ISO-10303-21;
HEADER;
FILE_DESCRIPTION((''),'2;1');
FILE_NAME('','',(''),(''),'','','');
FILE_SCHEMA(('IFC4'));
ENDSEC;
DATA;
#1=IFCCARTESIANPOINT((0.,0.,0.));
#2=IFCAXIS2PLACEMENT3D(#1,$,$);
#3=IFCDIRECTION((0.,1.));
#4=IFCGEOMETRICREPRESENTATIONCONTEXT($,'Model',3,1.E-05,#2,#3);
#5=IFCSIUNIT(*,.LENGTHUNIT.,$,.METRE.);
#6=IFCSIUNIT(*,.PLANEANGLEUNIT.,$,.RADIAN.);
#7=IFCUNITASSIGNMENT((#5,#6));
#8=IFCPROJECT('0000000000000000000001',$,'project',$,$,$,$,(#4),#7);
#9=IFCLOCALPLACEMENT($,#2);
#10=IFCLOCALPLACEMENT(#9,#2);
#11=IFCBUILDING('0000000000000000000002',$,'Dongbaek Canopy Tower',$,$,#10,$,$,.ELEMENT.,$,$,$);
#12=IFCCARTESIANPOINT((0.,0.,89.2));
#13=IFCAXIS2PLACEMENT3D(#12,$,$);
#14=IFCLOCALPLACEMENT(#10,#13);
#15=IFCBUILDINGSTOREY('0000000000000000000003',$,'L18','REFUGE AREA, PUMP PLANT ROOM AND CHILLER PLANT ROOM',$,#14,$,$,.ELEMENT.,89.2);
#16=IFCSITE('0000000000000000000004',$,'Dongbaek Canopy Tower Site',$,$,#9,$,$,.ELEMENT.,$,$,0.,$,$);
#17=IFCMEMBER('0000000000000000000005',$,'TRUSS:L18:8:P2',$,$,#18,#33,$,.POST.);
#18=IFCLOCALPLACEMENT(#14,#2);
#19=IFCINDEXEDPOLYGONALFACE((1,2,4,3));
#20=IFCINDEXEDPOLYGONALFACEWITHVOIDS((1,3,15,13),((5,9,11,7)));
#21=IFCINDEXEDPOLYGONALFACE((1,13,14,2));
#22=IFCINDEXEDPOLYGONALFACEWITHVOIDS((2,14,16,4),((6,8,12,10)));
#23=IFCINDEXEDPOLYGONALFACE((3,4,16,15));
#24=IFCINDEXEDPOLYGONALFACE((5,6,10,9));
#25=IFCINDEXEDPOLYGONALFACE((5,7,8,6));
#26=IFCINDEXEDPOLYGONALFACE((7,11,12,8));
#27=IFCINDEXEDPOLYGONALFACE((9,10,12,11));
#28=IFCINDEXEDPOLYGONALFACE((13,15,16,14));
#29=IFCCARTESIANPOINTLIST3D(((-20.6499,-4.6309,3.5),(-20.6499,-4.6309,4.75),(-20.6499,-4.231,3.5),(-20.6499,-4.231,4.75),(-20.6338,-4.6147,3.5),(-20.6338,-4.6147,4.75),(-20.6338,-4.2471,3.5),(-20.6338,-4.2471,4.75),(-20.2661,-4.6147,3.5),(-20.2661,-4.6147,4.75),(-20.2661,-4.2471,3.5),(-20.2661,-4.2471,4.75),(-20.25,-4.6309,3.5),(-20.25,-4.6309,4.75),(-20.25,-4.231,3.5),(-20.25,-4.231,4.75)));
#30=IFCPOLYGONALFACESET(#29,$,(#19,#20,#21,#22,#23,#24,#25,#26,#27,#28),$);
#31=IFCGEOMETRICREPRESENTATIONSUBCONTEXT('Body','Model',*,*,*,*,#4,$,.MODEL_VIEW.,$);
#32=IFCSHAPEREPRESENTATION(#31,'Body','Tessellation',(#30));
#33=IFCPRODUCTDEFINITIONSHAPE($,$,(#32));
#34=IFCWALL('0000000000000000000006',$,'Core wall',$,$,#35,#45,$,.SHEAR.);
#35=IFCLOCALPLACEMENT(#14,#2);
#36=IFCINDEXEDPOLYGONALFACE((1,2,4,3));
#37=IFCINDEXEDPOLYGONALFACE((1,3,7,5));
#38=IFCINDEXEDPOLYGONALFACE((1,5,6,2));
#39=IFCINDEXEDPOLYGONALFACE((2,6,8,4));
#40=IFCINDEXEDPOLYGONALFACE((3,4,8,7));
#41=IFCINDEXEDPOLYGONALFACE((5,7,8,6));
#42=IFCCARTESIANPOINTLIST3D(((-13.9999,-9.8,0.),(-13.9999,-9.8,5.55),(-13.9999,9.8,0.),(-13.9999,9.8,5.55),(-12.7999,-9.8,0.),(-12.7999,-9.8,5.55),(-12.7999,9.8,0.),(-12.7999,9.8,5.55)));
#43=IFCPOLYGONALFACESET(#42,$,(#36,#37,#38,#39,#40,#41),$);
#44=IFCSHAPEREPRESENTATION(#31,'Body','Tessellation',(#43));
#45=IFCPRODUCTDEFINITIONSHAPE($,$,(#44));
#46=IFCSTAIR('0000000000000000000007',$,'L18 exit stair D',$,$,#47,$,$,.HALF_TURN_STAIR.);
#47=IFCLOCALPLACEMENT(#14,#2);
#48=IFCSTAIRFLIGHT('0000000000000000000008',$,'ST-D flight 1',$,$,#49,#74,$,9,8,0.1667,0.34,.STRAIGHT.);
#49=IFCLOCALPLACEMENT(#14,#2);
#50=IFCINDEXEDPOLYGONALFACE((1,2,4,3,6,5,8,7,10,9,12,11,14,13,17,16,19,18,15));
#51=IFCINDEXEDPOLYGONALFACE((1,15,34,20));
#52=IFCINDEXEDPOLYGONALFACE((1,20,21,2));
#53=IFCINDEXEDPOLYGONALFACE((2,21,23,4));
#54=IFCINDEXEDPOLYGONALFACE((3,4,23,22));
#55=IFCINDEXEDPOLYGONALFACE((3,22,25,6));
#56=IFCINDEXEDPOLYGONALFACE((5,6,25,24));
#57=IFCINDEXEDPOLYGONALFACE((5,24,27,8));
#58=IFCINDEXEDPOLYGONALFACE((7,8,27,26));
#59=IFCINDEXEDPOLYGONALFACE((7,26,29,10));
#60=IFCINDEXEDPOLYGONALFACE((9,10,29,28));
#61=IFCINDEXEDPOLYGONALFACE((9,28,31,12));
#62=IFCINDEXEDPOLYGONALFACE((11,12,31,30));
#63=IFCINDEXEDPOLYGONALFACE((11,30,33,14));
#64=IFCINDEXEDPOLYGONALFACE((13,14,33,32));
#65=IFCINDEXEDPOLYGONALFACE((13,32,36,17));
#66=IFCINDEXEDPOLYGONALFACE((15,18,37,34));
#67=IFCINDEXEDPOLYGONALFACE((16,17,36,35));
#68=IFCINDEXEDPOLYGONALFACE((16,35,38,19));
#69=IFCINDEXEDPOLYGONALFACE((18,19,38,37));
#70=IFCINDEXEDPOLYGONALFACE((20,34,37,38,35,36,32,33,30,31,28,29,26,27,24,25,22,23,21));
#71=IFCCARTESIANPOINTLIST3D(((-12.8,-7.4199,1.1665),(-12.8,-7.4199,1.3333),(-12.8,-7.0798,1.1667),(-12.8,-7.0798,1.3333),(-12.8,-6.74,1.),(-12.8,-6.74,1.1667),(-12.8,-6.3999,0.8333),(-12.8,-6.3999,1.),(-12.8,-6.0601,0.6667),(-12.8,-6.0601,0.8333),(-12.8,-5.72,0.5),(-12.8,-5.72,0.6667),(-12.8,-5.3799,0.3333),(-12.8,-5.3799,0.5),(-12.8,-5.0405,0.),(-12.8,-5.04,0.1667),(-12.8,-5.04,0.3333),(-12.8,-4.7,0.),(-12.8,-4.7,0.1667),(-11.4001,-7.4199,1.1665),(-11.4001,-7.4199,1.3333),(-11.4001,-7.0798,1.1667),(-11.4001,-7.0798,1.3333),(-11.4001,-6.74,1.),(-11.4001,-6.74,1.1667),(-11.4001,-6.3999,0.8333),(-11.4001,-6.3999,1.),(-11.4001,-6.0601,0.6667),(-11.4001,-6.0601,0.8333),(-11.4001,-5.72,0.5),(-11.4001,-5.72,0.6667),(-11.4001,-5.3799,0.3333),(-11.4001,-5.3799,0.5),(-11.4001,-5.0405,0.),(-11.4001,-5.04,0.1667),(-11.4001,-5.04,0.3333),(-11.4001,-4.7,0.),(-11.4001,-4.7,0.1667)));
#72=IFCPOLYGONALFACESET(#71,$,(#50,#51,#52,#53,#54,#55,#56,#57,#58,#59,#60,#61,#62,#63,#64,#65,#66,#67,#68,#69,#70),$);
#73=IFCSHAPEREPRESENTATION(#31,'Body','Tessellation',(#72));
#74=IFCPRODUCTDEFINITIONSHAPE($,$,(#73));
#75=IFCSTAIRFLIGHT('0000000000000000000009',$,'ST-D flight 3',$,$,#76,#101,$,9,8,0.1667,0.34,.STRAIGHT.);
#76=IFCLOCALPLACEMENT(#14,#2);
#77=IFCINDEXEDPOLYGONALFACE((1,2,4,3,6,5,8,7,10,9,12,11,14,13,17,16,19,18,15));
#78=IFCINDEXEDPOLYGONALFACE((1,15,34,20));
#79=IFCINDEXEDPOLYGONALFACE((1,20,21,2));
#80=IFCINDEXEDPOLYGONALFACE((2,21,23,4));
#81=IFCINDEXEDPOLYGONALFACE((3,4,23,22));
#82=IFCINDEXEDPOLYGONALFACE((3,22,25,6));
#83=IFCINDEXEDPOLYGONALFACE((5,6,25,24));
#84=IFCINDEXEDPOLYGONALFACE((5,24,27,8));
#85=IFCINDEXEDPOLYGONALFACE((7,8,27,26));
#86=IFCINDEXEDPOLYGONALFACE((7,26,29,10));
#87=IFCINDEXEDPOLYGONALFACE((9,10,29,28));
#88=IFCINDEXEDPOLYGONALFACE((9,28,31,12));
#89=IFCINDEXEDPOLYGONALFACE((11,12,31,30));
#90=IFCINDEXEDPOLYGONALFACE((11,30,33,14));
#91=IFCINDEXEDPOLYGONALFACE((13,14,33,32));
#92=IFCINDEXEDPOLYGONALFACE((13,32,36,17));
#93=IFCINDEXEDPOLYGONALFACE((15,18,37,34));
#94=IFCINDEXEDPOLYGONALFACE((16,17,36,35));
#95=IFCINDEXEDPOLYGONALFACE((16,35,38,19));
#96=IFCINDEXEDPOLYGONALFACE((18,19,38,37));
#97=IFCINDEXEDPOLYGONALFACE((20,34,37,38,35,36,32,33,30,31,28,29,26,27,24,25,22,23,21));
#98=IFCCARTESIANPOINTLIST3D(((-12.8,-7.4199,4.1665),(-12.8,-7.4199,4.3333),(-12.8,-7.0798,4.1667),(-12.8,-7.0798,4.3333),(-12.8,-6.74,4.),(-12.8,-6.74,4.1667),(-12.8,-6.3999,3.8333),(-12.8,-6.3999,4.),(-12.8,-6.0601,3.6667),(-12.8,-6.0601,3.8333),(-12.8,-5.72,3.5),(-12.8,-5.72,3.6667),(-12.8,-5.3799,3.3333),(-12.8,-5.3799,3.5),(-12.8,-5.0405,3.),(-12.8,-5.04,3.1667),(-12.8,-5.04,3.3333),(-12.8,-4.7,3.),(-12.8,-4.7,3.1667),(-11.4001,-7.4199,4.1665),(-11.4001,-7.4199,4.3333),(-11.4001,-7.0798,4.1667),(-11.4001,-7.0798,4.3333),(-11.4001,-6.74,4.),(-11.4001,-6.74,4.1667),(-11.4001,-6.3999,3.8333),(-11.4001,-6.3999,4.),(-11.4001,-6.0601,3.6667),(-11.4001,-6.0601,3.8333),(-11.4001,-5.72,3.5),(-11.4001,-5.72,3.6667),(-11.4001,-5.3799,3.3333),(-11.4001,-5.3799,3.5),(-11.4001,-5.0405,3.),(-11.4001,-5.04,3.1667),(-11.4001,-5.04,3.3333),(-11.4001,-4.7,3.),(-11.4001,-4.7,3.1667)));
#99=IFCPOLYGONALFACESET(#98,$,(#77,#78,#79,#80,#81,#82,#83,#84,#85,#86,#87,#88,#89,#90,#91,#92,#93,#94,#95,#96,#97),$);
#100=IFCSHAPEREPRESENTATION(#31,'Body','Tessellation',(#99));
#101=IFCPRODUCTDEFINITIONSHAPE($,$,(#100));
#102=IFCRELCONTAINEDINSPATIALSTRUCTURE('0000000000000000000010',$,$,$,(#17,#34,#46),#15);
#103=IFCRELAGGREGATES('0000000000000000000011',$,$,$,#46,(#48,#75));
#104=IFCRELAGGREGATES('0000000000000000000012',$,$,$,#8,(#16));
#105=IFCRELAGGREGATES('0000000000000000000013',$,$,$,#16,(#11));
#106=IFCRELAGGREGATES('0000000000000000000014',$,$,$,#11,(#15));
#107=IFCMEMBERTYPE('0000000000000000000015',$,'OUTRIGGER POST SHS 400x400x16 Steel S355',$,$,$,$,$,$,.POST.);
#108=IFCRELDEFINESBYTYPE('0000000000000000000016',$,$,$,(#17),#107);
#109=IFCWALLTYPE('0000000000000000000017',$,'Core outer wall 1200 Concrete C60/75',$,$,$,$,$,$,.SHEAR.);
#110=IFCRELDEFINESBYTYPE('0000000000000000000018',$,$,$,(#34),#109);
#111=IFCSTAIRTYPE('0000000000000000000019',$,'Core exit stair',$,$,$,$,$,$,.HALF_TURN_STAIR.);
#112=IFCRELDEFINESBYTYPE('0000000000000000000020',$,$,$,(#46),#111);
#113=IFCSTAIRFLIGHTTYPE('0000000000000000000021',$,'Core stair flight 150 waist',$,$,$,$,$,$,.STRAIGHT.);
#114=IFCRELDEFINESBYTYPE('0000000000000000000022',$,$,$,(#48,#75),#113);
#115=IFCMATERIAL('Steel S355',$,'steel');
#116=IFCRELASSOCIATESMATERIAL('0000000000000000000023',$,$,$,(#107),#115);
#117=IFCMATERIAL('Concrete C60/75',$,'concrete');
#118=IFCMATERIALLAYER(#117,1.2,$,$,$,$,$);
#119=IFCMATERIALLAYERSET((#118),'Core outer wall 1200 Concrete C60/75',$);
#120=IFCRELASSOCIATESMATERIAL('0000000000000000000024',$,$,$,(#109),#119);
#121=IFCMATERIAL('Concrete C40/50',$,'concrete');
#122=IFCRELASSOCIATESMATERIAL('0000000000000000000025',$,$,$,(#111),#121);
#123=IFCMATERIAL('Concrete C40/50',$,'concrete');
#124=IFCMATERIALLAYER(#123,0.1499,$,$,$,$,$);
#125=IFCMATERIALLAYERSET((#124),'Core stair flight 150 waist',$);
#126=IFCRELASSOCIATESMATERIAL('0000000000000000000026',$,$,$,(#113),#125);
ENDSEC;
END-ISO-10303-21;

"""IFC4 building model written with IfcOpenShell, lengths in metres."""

from ifc_helpers import new_model, si_unit, direction, frame, frame_2d, origin, origin_2d, place, context, subcontext, project, spatial, polyline, rectangle, hollow_rectangle, outline, extrude, material, layer, layer_set, material_profile, profile_set, type_object, element, aggregate, save


model = new_model("IFC4")

# Units and contexts
model_context = context("Model", 3, precision=1e-05, world=origin(), true_north=direction((0.0, 1.0)))
body_context = subcontext(model_context, "Body", "Model", "MODEL_VIEW")
ifc_project = project(units=[si_unit("LENGTHUNIT", "METRE"), si_unit("PLANEANGLEUNIT", "RADIAN")], contexts=[model_context])

# Site, building, storey
site_placement = place(None, origin())
site = spatial("IfcSite", under=ifc_project, at=site_placement, Name="Dongbaek Canopy Tower Site", CompositionType="ELEMENT", RefElevation=0.0)
building_placement = place(site_placement, origin())
building = spatial("IfcBuilding", under=site, at=building_placement, Name="Dongbaek Canopy Tower", CompositionType="ELEMENT")
storey_placement = place(building_placement, frame((0.0, 0.0, 89.2)))
storey = spatial("IfcBuildingStorey", under=building, at=storey_placement, Name="L18", Description="REFUGE AREA, PUMP PLANT ROOM AND CHILLER PLANT ROOM", CompositionType="ELEMENT", Elevation=89.2)

# Member
ifc_material_1 = material(Name="Steel S355", Category="steel")
ifc_material_profile_1 = material_profile(ifc_material_1, hollow_rectangle(XDim=0.3999, YDim=0.3999, WallThickness=0.0161, at=origin_2d()), Name="OUTRIGGER POST SHS 400x400x16 Steel S355")
ifc_profile_set_1 = profile_set([ifc_material_profile_1], Name="Steel S355")
member_type_1 = type_object("IfcMemberType", Name="OUTRIGGER POST SHS 400x400x16 Steel S355", PredefinedType="POST", material=ifc_profile_set_1)
for number, where, z_axis, x_axis, name in (
    (1, (-20.45, -4.4309, 3.5), (0.0, 0.0, 1.0), (1.0, 0.0, 0.0), "TRUSS:L18:8:P2"),
):
    element("IfcMember", number, at=place(storey_placement, frame(where, z_axis=z_axis, x_axis=x_axis)), inside=storey, type_object=member_type_1, Name=name, PredefinedType="POST", context=body_context, shape_type="SweptSolid", body=[
        extrude(hollow_rectangle(XDim=0.3999, YDim=0.3999, WallThickness=0.0161, at=origin_2d()), origin(), (0.0, 0.0, 1.0), 1.25),
    ])

# Wall
ifc_material_2 = material(Name="Concrete C60/75", Category="concrete")
ifc_layer_1 = layer(ifc_material_2, 1.2)
ifc_layer_set_1 = layer_set([ifc_layer_1], Name="Core outer wall 1200 Concrete C60/75")
wall_type = type_object("IfcWallType", Name="Core outer wall 1200 Concrete C60/75", PredefinedType="SHEAR", material=ifc_layer_set_1)
wall_placement = place(storey_placement, frame((-13.3999, -9.8, 0.0), z_axis=(0.0, 0.0, 1.0), x_axis=(0.0, 1.0, 0.0)))
element("IfcWall", 2, at=wall_placement, inside=storey, type_object=wall_type, Name="Core wall", PredefinedType="SHEAR", context=body_context, shape_type="SweptSolid", body=[
    extrude(rectangle(XDim=19.6001, YDim=1.2, at=frame_2d((9.8, 0.0))), origin(), (0.0, 0.0, 1.0), 5.55),
])

# Stair, stair flights
ifc_material_3 = material(Name="Concrete C40/50", Category="concrete")
stair_type = type_object("IfcStairType", Name="Core exit stair", PredefinedType="HALF_TURN_STAIR", material=ifc_material_3)
stair_placement = place(storey_placement, origin())
stair = element("IfcStair", 3, at=stair_placement, inside=storey, type_object=stair_type, Name="L18 exit stair D", PredefinedType="HALF_TURN_STAIR")
ifc_material_4 = material(Name="Concrete C40/50", Category="concrete")
ifc_layer_2 = layer(ifc_material_4, 0.1499)
ifc_layer_set_2 = layer_set([ifc_layer_2], Name="Core stair flight 150 waist")
stair_flight_type = type_object("IfcStairFlightType", Name="Core stair flight 150 waist", PredefinedType="STRAIGHT", material=ifc_layer_set_2)
stair_flight_1_placement = place(storey_placement, frame((-12.1001, -4.7, 0.0), z_axis=(0.0, 0.0, 1.0), x_axis=(0.0, -1.0, 0.0)))
stair_flight_1 = element("IfcStairFlight", 4, at=stair_flight_1_placement, type_object=stair_flight_type, Name="ST-D flight 1", NumberOfRisers=9, NumberOfTreads=8, PredefinedType="STRAIGHT", RiserHeight=0.1667, TreadLength=0.34, context=body_context, shape_type="SweptSolid", body=[
    extrude(outline(polyline([(0.0, 0.0), (0.0, 0.1667), (0.3401, 0.1667), (0.3401, 0.3333), (0.6799, 0.3333), (0.6799, 0.5), (1.02, 0.5), (1.02, 0.6667), (1.3601, 0.6667), (1.3601, 0.8333), (1.7, 0.8333), (1.7, 1.0), (2.04, 1.0), (2.04, 1.1667), (2.3799, 1.1667), (2.3799, 1.3333), (2.72, 1.3333), (2.72, 1.5), (2.72, 1.1665), (0.3406, 0.0), (0.0, 0.0)])), frame((0.0, 0.7, 0.0), z_axis=(0.0, -1.0, 0.0), x_axis=(1.0, 0.0, 0.0)), (0.0, 0.0, 1.0), 1.3999),
])
stair_flight_2_placement = place(storey_placement, frame((-12.1001, -4.7, 3.0), z_axis=(0.0, 0.0, 1.0), x_axis=(0.0, -1.0, 0.0)))
stair_flight_2 = element("IfcStairFlight", 5, at=stair_flight_2_placement, type_object=stair_flight_type, Name="ST-D flight 3", NumberOfRisers=9, NumberOfTreads=8, PredefinedType="STRAIGHT", RiserHeight=0.1667, TreadLength=0.34, context=body_context, shape_type="SweptSolid", body=[
    extrude(outline(polyline([(0.0, 0.0), (0.0, 0.1667), (0.3401, 0.1667), (0.3401, 0.3333), (0.6799, 0.3333), (0.6799, 0.5), (1.02, 0.5), (1.02, 0.6667), (1.3601, 0.6667), (1.3601, 0.8333), (1.7, 0.8333), (1.7, 1.0), (2.04, 1.0), (2.04, 1.1667), (2.3799, 1.1667), (2.3799, 1.3333), (2.72, 1.3333), (2.72, 1.5), (2.72, 1.1665), (0.3406, 0.0), (0.0, 0.0)])), frame((0.0, 0.7, 0.0), z_axis=(0.0, -1.0, 0.0), x_axis=(1.0, 0.0, 0.0)), (0.0, 0.0, 1.0), 1.3999),
])
aggregate(stair, [stair_flight_1, stair_flight_2])

save(model, "model.ifc")
